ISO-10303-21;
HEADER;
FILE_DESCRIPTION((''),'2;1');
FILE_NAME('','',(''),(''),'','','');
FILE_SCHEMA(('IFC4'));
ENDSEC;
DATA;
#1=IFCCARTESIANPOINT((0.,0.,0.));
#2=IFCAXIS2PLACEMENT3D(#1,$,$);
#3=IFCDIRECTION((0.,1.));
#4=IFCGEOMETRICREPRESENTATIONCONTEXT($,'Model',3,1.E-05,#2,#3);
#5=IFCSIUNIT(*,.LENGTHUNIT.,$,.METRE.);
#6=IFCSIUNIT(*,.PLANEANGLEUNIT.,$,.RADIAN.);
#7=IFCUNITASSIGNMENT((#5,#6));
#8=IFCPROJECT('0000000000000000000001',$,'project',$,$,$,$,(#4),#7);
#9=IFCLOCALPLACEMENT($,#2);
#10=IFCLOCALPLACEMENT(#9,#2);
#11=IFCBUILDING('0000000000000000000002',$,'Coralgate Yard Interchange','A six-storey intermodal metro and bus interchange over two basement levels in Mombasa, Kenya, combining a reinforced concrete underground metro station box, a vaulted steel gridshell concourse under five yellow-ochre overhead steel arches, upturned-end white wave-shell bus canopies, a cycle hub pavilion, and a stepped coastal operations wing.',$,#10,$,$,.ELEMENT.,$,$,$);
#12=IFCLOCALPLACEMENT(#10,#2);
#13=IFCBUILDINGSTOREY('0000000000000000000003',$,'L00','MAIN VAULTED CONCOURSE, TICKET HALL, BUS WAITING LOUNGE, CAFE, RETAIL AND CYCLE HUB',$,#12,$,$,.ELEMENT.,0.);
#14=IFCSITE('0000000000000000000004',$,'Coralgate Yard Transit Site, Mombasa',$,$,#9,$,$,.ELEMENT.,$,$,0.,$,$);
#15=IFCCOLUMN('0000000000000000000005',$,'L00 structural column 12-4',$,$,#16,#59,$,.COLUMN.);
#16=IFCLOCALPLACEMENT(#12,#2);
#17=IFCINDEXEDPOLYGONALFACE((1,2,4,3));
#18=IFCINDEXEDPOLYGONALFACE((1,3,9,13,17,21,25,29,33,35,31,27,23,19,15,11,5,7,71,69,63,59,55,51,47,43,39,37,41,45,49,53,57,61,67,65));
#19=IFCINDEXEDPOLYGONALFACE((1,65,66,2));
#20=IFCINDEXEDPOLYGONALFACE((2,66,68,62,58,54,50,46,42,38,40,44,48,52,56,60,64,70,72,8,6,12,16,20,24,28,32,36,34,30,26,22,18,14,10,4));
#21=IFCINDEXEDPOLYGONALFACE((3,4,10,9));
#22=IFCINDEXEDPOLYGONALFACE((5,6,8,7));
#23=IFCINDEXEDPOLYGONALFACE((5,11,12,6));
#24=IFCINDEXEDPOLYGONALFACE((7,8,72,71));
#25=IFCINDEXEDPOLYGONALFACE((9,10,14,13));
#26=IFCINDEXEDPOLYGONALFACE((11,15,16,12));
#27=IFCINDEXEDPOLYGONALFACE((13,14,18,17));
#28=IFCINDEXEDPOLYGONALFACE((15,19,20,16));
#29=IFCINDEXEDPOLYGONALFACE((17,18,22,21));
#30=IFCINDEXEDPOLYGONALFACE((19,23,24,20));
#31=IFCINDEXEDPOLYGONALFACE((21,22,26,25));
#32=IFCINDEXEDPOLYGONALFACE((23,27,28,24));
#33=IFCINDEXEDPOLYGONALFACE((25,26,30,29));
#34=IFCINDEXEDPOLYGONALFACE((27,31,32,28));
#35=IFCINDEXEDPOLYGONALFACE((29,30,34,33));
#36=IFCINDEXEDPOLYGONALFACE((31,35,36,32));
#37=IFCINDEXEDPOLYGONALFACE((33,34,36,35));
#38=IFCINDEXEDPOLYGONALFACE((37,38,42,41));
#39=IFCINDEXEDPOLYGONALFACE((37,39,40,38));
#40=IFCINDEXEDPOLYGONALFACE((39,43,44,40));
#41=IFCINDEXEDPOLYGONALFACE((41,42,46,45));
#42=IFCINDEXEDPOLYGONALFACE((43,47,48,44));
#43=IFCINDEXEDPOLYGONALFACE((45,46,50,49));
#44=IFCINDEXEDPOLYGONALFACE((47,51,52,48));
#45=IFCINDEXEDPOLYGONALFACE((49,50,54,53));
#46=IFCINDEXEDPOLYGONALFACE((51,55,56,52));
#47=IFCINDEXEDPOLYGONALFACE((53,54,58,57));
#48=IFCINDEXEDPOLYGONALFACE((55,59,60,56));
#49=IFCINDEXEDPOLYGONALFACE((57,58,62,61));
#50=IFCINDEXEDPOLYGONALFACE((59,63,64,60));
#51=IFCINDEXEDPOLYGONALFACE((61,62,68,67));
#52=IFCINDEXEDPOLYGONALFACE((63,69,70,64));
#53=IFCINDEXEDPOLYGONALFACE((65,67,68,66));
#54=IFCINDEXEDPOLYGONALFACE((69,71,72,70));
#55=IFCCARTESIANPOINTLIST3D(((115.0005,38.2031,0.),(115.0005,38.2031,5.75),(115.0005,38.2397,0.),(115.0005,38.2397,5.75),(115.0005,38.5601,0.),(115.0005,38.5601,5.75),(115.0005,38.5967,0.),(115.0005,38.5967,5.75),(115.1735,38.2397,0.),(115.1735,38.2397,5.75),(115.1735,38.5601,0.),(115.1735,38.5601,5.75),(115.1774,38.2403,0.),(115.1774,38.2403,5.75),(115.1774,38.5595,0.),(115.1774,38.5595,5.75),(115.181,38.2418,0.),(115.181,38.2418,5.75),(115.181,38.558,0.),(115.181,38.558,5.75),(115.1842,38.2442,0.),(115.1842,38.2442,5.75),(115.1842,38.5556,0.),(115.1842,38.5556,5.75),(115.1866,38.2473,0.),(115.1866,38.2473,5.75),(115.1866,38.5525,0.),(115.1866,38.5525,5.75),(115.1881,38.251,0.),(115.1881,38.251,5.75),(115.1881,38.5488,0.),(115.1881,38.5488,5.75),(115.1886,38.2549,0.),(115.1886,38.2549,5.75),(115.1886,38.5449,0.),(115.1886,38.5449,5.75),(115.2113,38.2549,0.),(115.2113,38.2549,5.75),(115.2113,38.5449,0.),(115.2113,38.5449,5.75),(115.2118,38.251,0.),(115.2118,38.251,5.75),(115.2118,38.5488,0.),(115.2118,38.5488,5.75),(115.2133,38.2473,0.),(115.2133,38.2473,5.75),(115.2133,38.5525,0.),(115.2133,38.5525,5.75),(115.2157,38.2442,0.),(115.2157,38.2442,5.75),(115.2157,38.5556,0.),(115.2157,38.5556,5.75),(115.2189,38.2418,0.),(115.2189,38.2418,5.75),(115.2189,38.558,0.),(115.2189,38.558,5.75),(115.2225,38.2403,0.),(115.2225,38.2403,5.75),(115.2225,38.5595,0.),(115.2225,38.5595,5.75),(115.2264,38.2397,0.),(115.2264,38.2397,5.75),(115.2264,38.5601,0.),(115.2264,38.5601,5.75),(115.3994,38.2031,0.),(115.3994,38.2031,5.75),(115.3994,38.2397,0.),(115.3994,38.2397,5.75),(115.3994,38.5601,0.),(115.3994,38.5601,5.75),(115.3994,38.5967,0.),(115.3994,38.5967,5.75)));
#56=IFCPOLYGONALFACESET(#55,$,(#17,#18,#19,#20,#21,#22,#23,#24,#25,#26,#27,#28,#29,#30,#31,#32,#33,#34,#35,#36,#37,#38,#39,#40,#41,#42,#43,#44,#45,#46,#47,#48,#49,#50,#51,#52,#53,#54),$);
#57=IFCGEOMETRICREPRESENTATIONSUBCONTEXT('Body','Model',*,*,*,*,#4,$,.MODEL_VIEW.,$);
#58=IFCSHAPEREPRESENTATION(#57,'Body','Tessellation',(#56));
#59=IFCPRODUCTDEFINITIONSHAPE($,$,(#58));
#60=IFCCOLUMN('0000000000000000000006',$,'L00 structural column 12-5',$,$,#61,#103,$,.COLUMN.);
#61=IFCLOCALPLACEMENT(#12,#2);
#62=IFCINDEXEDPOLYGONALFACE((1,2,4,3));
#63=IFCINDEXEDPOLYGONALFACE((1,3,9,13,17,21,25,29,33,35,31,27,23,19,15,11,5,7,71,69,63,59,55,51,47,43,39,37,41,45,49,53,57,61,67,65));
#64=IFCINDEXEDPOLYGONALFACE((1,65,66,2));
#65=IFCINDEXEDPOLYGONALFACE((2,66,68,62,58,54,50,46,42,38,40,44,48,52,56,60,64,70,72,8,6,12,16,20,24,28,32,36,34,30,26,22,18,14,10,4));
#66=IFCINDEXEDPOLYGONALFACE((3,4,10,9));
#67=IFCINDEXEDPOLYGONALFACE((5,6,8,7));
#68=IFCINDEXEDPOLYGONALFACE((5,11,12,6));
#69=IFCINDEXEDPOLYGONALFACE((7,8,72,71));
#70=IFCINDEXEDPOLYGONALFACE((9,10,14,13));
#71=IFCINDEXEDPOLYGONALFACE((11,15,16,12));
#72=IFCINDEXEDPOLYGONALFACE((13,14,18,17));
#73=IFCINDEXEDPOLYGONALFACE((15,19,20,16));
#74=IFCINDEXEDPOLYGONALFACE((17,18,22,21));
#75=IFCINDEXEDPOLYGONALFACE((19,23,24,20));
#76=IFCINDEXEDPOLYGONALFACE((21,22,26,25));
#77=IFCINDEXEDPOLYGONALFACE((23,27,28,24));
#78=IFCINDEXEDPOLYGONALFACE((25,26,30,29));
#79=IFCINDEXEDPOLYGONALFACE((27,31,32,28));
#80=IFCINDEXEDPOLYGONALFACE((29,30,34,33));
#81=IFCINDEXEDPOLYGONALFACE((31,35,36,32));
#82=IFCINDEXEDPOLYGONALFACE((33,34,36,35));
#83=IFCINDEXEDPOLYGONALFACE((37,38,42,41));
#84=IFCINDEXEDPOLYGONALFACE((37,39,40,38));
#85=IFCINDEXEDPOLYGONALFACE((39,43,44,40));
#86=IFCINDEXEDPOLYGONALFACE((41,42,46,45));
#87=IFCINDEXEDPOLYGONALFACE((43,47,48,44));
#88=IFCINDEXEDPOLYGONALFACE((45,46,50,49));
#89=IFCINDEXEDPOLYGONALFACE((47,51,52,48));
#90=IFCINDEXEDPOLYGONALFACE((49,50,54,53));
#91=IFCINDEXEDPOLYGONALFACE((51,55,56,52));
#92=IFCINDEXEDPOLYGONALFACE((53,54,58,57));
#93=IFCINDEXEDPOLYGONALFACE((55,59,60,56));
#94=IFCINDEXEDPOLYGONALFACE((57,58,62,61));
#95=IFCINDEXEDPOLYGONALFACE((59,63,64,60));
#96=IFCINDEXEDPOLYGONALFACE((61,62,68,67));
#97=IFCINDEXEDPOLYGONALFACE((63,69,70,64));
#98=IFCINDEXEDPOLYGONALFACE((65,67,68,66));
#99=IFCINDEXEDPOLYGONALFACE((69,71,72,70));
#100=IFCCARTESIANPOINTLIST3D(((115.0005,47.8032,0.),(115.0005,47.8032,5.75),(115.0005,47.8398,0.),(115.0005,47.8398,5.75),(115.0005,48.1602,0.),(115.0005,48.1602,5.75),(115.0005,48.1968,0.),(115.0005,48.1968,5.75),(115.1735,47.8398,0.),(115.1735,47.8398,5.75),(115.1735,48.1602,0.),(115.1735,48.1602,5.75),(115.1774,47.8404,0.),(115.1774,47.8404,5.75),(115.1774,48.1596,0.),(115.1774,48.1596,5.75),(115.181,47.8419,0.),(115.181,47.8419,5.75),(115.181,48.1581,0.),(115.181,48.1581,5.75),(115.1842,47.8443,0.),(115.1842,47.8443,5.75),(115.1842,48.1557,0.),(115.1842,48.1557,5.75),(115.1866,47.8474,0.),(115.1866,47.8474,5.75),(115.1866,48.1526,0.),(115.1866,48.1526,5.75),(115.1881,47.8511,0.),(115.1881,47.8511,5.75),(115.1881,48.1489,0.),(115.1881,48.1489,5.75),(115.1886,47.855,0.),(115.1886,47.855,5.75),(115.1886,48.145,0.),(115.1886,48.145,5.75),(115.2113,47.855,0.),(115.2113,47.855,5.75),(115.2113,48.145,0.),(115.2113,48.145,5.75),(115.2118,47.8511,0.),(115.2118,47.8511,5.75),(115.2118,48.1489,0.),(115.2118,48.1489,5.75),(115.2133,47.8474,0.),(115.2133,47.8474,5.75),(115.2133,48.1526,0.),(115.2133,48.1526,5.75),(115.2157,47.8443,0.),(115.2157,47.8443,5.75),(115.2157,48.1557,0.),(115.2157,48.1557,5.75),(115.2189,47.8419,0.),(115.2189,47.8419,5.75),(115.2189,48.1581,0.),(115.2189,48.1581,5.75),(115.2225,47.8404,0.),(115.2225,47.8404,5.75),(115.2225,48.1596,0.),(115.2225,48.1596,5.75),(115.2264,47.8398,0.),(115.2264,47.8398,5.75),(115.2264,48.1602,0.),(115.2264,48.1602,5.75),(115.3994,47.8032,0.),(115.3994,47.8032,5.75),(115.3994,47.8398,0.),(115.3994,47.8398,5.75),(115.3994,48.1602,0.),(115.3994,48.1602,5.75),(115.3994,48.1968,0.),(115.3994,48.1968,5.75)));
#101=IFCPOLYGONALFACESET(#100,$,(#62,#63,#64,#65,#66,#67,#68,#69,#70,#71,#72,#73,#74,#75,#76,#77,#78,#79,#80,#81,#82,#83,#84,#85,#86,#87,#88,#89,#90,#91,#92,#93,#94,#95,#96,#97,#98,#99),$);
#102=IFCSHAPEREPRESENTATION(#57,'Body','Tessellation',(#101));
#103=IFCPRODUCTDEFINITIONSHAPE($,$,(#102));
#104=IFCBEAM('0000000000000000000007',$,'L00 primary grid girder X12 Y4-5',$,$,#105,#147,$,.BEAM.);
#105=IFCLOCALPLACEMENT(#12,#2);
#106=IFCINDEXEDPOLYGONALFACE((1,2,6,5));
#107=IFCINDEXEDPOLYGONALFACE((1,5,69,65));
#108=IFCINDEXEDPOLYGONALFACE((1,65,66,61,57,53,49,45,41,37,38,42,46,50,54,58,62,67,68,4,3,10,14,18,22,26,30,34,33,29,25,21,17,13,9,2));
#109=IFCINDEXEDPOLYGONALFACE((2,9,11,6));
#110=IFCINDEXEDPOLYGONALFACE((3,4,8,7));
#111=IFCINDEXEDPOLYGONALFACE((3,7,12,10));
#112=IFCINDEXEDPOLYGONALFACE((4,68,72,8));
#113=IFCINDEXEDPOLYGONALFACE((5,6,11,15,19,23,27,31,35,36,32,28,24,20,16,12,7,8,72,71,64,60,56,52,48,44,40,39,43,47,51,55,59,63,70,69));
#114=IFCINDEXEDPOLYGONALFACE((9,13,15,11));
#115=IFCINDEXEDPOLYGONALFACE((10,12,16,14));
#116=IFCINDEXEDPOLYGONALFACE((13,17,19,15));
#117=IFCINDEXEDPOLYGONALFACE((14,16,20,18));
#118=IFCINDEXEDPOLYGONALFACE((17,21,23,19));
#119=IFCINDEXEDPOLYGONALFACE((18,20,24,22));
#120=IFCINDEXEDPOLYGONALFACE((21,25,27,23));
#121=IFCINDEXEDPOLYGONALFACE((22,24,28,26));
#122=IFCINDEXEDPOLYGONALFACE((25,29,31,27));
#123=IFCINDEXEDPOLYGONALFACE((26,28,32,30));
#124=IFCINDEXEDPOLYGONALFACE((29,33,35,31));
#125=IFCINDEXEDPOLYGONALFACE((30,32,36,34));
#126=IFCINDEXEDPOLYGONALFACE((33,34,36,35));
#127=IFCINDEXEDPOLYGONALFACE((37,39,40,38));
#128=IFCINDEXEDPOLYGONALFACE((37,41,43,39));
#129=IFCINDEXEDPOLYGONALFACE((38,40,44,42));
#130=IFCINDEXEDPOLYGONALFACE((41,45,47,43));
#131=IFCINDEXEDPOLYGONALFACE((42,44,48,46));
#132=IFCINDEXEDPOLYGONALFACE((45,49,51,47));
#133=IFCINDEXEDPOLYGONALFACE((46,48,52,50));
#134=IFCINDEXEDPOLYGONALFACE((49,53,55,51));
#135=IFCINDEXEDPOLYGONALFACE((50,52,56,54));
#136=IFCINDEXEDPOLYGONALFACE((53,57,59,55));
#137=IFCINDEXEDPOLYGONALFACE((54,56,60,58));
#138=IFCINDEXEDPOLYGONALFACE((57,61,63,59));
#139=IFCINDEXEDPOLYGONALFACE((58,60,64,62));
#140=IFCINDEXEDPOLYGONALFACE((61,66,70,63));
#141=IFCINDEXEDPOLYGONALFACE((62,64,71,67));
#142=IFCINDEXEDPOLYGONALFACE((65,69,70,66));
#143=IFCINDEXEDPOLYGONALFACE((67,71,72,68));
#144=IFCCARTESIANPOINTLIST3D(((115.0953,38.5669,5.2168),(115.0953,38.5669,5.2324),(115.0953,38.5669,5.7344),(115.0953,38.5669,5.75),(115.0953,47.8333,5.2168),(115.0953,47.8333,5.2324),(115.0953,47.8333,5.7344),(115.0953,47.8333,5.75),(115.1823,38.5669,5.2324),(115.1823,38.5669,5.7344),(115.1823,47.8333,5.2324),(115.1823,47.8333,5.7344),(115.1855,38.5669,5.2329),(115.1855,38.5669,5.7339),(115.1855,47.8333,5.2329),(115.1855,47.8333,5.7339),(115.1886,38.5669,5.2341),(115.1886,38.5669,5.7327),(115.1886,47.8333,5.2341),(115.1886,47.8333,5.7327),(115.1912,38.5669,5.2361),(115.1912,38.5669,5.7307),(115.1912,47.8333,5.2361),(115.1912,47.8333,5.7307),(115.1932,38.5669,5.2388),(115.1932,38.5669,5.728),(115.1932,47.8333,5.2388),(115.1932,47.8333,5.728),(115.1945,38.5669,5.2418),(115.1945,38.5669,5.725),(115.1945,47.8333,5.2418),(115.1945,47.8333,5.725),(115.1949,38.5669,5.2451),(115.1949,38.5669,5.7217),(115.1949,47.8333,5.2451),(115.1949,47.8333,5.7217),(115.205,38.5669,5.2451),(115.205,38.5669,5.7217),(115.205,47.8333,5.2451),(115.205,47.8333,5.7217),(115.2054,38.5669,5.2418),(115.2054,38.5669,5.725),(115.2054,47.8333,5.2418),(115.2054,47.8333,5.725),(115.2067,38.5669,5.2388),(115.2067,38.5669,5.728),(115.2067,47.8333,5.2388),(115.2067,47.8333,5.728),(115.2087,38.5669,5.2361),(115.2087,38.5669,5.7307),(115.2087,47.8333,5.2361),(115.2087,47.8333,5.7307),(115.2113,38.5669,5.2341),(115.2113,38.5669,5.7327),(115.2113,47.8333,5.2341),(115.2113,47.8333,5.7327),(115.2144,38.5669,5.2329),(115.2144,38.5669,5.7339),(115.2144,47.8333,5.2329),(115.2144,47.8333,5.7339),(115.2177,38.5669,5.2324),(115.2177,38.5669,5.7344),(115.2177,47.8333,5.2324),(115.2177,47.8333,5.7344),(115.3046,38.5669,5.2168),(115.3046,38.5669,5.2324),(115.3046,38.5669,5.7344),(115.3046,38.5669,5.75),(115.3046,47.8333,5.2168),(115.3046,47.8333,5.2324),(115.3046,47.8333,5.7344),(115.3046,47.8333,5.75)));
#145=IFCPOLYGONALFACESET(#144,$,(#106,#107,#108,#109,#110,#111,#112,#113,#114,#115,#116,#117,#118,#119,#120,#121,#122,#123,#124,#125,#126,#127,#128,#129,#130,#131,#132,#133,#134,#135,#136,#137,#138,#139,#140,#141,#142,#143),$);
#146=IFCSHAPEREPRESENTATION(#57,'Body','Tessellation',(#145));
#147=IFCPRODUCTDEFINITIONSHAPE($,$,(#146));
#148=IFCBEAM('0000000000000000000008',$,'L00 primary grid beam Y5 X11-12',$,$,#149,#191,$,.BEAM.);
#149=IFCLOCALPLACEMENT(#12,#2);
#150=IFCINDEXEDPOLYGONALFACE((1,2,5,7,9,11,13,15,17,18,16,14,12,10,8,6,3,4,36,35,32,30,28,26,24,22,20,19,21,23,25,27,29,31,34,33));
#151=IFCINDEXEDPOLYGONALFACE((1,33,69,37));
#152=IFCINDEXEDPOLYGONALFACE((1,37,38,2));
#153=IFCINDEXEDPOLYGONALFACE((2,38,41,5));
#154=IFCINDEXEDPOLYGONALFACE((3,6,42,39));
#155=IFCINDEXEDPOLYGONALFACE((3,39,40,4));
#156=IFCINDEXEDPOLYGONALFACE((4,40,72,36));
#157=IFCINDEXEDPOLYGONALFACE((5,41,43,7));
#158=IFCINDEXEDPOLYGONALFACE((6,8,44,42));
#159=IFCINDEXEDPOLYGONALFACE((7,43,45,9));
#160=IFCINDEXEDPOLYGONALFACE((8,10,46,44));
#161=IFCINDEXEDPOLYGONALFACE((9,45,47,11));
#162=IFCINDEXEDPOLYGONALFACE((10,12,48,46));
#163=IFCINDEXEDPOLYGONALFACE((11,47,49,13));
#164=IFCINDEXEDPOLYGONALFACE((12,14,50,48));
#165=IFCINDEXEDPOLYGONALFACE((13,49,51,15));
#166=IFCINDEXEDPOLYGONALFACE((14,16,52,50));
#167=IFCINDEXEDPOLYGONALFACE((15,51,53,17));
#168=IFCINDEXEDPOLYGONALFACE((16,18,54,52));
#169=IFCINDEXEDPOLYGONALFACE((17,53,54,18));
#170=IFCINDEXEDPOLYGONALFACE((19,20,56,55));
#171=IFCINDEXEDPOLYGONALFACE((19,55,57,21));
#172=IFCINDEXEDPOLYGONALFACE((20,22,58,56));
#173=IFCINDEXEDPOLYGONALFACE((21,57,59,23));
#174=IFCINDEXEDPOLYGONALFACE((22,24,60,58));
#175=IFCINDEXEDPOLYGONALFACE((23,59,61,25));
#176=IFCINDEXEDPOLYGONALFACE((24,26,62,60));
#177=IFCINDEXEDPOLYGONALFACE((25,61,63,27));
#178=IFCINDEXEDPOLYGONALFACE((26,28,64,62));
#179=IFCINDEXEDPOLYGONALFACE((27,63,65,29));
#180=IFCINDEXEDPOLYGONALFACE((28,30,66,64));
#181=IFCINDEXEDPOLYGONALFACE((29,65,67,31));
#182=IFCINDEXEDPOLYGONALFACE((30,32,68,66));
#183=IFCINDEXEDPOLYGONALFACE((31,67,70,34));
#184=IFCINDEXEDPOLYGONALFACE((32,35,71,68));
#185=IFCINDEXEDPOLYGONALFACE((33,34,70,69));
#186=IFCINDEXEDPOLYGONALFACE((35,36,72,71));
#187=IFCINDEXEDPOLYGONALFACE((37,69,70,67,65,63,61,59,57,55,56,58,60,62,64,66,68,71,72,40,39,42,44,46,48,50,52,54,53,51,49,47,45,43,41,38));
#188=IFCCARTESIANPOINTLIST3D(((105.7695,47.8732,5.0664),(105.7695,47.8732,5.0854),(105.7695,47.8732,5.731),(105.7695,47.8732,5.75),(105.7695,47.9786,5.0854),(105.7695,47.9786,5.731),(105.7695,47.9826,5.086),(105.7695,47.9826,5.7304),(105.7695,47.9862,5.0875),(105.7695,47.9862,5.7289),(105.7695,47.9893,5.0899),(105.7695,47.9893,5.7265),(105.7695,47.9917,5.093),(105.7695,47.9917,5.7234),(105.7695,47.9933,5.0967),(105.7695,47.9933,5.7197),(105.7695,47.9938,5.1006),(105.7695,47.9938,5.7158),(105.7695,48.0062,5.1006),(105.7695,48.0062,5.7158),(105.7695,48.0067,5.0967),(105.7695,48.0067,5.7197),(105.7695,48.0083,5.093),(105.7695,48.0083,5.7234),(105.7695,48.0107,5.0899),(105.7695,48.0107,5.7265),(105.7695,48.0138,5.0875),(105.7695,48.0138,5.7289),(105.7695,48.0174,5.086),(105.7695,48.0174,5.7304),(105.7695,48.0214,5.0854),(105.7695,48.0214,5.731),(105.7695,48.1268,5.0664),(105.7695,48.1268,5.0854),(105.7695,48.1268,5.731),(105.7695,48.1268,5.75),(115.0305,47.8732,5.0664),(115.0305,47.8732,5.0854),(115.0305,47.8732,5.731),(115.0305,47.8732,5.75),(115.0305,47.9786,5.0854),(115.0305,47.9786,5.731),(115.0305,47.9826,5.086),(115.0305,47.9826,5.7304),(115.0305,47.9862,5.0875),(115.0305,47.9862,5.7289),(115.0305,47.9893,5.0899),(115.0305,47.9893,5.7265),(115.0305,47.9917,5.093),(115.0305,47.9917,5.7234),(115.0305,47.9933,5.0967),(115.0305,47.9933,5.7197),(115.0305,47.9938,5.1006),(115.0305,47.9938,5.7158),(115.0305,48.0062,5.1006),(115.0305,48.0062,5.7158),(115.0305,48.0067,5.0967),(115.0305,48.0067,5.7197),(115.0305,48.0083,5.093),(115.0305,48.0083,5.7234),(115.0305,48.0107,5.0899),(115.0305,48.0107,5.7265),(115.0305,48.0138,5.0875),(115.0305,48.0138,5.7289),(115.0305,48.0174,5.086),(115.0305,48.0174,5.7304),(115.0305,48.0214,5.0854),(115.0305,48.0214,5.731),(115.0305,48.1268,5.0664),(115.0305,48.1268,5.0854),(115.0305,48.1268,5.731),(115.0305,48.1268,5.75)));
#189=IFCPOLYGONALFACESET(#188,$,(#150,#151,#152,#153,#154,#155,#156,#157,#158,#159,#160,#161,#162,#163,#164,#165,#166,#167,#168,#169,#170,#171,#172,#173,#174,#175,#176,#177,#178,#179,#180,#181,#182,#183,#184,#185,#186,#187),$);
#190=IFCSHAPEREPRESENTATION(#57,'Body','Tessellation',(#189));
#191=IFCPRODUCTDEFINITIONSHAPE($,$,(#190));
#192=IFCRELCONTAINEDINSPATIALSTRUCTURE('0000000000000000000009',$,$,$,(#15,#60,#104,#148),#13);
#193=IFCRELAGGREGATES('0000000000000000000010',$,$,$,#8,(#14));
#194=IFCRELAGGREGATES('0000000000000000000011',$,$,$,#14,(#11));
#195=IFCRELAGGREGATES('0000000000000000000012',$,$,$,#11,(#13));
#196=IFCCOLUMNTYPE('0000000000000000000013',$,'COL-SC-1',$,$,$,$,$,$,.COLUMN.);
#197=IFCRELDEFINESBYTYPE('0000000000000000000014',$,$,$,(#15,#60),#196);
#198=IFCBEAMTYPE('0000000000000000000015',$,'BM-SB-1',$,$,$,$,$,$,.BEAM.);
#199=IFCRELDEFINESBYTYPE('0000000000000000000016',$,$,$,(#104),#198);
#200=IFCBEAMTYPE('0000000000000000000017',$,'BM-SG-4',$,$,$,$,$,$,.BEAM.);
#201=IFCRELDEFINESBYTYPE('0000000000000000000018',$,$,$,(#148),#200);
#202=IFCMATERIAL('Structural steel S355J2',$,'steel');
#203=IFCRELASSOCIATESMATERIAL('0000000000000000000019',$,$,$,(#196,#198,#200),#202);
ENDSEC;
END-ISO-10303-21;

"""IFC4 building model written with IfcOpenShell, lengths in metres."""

from ifc_helpers import new_model, si_unit, direction, frame, origin, origin_2d, place, context, subcontext, project, spatial, i_section, extrude, material, material_profile, profile_set, type_object, element, save


model = new_model("IFC4")

# Units and contexts
model_context = context("Model", 3, precision=1e-05, world=origin(), true_north=direction((0.0, 1.0)))
body_context = subcontext(model_context, "Body", "Model", "MODEL_VIEW")
ifc_project = project(units=[si_unit("LENGTHUNIT", "METRE"), si_unit("PLANEANGLEUNIT", "RADIAN")], contexts=[model_context])

# Site, building, storey
site_placement = place(None, origin())
site = spatial("IfcSite", under=ifc_project, at=site_placement, Name="Coralgate Yard Transit Site, Mombasa", CompositionType="ELEMENT", RefElevation=0.0)
building_placement = place(site_placement, origin())
building = spatial("IfcBuilding", under=site, at=building_placement, Name="Coralgate Yard Interchange", Description="A six-storey intermodal metro and bus interchange over two basement levels in Mombasa, Kenya, combining a reinforced concrete underground metro station box, a vaulted steel gridshell concourse under five yellow-ochre overhead steel arches, upturned-end white wave-shell bus canopies, a cycle hub pavilion, and a stepped coastal operations wing.", CompositionType="ELEMENT")
storey_placement = place(building_placement, origin())
storey = spatial("IfcBuildingStorey", under=building, at=storey_placement, Name="L00", Description="MAIN VAULTED CONCOURSE, TICKET HALL, BUS WAITING LOUNGE, CAFE, RETAIL AND CYCLE HUB", CompositionType="ELEMENT", Elevation=0.0)

# Columns
ifc_material_1 = material(Name="Structural steel S355J2", Category="steel")
ifc_material_profile_1 = material_profile(ifc_material_1, i_section(OverallWidth=0.3989, OverallDepth=0.3936, WebThickness=0.0227, FlangeThickness=0.0366, FilletRadius=0.0151, at=origin_2d()), Name="UC 356x406x287")
ifc_profile_set_1 = profile_set([ifc_material_profile_1], Name="Structural steel S355J2")
column_type = type_object("IfcColumnType", Name="COL-SC-1", PredefinedType="COLUMN", material=ifc_profile_set_1)
for number, where, z_axis, x_axis, name in (
    (1, (115.2, 38.3999, 0.0), (0.0, 0.0, 1.0), (1.0, 0.0, 0.0), "L00 structural column 12-4"),
    (2, (115.2, 48.0, 0.0), (0.0, 0.0, 1.0), (1.0, 0.0, 0.0), "L00 structural column 12-5"),
):
    element("IfcColumn", number, at=place(storey_placement, frame(where, z_axis=z_axis, x_axis=x_axis)), inside=storey, type_object=column_type, Name=name, PredefinedType="COLUMN", context=body_context, shape_type="SweptSolid", body=[
        extrude(i_section(OverallWidth=0.3989, OverallDepth=0.3936, WebThickness=0.0227, FlangeThickness=0.0366, FilletRadius=0.0151, at=origin_2d()), origin(), (0.0, 0.0, 1.0), 5.75),
    ])

# Beams
ifc_material_profile_2 = material_profile(ifc_material_1, i_section(OverallWidth=0.2092, OverallDepth=0.5332, WebThickness=0.01, FlangeThickness=0.0156, FilletRadius=0.0127, at=origin_2d()), Name="UB 533x210x92")
ifc_profile_set_2 = profile_set([ifc_material_profile_2], Name="Structural steel S355J2")
beam_type_1 = type_object("IfcBeamType", Name="BM-SB-1", PredefinedType="BEAM", material=ifc_profile_set_2)
beam_1_placement = place(storey_placement, frame((115.2, 38.5669, 5.4834), z_axis=(0.0, 1.0, 0.0), x_axis=(-1.0, 0.0, 0.0)))
element("IfcBeam", 3, at=beam_1_placement, inside=storey, type_object=beam_type_1, Name="L00 primary grid girder X12 Y4-5", PredefinedType="BEAM", context=body_context, shape_type="SweptSolid", body=[
    extrude(i_section(OverallWidth=0.2092, OverallDepth=0.5332, WebThickness=0.01, FlangeThickness=0.0156, FilletRadius=0.0127, at=origin_2d()), origin(), (0.0, 0.0, 1.0), 9.2664),
])
ifc_material_profile_3 = material_profile(ifc_material_1, i_section(OverallWidth=0.2537, OverallDepth=0.6836, WebThickness=0.0125, FlangeThickness=0.019, FilletRadius=0.0151, at=origin_2d()), Name="UB 686x254x140")
ifc_profile_set_3 = profile_set([ifc_material_profile_3], Name="Structural steel S355J2")
beam_type_2 = type_object("IfcBeamType", Name="BM-SG-4", PredefinedType="BEAM", material=ifc_profile_set_3)
beam_2_placement = place(storey_placement, frame((105.7695, 48.0, 5.4082), z_axis=(1.0, 0.0, 0.0), x_axis=(0.0, 1.0, 0.0)))
element("IfcBeam", 4, at=beam_2_placement, inside=storey, type_object=beam_type_2, Name="L00 primary grid beam Y5 X11-12", PredefinedType="BEAM", context=body_context, shape_type="SweptSolid", body=[
    extrude(i_section(OverallWidth=0.2537, OverallDepth=0.6836, WebThickness=0.0125, FlangeThickness=0.019, FilletRadius=0.0151, at=origin_2d()), origin(), (0.0, 0.0, 1.0), 9.261),
])

save(model, "model.ifc")
